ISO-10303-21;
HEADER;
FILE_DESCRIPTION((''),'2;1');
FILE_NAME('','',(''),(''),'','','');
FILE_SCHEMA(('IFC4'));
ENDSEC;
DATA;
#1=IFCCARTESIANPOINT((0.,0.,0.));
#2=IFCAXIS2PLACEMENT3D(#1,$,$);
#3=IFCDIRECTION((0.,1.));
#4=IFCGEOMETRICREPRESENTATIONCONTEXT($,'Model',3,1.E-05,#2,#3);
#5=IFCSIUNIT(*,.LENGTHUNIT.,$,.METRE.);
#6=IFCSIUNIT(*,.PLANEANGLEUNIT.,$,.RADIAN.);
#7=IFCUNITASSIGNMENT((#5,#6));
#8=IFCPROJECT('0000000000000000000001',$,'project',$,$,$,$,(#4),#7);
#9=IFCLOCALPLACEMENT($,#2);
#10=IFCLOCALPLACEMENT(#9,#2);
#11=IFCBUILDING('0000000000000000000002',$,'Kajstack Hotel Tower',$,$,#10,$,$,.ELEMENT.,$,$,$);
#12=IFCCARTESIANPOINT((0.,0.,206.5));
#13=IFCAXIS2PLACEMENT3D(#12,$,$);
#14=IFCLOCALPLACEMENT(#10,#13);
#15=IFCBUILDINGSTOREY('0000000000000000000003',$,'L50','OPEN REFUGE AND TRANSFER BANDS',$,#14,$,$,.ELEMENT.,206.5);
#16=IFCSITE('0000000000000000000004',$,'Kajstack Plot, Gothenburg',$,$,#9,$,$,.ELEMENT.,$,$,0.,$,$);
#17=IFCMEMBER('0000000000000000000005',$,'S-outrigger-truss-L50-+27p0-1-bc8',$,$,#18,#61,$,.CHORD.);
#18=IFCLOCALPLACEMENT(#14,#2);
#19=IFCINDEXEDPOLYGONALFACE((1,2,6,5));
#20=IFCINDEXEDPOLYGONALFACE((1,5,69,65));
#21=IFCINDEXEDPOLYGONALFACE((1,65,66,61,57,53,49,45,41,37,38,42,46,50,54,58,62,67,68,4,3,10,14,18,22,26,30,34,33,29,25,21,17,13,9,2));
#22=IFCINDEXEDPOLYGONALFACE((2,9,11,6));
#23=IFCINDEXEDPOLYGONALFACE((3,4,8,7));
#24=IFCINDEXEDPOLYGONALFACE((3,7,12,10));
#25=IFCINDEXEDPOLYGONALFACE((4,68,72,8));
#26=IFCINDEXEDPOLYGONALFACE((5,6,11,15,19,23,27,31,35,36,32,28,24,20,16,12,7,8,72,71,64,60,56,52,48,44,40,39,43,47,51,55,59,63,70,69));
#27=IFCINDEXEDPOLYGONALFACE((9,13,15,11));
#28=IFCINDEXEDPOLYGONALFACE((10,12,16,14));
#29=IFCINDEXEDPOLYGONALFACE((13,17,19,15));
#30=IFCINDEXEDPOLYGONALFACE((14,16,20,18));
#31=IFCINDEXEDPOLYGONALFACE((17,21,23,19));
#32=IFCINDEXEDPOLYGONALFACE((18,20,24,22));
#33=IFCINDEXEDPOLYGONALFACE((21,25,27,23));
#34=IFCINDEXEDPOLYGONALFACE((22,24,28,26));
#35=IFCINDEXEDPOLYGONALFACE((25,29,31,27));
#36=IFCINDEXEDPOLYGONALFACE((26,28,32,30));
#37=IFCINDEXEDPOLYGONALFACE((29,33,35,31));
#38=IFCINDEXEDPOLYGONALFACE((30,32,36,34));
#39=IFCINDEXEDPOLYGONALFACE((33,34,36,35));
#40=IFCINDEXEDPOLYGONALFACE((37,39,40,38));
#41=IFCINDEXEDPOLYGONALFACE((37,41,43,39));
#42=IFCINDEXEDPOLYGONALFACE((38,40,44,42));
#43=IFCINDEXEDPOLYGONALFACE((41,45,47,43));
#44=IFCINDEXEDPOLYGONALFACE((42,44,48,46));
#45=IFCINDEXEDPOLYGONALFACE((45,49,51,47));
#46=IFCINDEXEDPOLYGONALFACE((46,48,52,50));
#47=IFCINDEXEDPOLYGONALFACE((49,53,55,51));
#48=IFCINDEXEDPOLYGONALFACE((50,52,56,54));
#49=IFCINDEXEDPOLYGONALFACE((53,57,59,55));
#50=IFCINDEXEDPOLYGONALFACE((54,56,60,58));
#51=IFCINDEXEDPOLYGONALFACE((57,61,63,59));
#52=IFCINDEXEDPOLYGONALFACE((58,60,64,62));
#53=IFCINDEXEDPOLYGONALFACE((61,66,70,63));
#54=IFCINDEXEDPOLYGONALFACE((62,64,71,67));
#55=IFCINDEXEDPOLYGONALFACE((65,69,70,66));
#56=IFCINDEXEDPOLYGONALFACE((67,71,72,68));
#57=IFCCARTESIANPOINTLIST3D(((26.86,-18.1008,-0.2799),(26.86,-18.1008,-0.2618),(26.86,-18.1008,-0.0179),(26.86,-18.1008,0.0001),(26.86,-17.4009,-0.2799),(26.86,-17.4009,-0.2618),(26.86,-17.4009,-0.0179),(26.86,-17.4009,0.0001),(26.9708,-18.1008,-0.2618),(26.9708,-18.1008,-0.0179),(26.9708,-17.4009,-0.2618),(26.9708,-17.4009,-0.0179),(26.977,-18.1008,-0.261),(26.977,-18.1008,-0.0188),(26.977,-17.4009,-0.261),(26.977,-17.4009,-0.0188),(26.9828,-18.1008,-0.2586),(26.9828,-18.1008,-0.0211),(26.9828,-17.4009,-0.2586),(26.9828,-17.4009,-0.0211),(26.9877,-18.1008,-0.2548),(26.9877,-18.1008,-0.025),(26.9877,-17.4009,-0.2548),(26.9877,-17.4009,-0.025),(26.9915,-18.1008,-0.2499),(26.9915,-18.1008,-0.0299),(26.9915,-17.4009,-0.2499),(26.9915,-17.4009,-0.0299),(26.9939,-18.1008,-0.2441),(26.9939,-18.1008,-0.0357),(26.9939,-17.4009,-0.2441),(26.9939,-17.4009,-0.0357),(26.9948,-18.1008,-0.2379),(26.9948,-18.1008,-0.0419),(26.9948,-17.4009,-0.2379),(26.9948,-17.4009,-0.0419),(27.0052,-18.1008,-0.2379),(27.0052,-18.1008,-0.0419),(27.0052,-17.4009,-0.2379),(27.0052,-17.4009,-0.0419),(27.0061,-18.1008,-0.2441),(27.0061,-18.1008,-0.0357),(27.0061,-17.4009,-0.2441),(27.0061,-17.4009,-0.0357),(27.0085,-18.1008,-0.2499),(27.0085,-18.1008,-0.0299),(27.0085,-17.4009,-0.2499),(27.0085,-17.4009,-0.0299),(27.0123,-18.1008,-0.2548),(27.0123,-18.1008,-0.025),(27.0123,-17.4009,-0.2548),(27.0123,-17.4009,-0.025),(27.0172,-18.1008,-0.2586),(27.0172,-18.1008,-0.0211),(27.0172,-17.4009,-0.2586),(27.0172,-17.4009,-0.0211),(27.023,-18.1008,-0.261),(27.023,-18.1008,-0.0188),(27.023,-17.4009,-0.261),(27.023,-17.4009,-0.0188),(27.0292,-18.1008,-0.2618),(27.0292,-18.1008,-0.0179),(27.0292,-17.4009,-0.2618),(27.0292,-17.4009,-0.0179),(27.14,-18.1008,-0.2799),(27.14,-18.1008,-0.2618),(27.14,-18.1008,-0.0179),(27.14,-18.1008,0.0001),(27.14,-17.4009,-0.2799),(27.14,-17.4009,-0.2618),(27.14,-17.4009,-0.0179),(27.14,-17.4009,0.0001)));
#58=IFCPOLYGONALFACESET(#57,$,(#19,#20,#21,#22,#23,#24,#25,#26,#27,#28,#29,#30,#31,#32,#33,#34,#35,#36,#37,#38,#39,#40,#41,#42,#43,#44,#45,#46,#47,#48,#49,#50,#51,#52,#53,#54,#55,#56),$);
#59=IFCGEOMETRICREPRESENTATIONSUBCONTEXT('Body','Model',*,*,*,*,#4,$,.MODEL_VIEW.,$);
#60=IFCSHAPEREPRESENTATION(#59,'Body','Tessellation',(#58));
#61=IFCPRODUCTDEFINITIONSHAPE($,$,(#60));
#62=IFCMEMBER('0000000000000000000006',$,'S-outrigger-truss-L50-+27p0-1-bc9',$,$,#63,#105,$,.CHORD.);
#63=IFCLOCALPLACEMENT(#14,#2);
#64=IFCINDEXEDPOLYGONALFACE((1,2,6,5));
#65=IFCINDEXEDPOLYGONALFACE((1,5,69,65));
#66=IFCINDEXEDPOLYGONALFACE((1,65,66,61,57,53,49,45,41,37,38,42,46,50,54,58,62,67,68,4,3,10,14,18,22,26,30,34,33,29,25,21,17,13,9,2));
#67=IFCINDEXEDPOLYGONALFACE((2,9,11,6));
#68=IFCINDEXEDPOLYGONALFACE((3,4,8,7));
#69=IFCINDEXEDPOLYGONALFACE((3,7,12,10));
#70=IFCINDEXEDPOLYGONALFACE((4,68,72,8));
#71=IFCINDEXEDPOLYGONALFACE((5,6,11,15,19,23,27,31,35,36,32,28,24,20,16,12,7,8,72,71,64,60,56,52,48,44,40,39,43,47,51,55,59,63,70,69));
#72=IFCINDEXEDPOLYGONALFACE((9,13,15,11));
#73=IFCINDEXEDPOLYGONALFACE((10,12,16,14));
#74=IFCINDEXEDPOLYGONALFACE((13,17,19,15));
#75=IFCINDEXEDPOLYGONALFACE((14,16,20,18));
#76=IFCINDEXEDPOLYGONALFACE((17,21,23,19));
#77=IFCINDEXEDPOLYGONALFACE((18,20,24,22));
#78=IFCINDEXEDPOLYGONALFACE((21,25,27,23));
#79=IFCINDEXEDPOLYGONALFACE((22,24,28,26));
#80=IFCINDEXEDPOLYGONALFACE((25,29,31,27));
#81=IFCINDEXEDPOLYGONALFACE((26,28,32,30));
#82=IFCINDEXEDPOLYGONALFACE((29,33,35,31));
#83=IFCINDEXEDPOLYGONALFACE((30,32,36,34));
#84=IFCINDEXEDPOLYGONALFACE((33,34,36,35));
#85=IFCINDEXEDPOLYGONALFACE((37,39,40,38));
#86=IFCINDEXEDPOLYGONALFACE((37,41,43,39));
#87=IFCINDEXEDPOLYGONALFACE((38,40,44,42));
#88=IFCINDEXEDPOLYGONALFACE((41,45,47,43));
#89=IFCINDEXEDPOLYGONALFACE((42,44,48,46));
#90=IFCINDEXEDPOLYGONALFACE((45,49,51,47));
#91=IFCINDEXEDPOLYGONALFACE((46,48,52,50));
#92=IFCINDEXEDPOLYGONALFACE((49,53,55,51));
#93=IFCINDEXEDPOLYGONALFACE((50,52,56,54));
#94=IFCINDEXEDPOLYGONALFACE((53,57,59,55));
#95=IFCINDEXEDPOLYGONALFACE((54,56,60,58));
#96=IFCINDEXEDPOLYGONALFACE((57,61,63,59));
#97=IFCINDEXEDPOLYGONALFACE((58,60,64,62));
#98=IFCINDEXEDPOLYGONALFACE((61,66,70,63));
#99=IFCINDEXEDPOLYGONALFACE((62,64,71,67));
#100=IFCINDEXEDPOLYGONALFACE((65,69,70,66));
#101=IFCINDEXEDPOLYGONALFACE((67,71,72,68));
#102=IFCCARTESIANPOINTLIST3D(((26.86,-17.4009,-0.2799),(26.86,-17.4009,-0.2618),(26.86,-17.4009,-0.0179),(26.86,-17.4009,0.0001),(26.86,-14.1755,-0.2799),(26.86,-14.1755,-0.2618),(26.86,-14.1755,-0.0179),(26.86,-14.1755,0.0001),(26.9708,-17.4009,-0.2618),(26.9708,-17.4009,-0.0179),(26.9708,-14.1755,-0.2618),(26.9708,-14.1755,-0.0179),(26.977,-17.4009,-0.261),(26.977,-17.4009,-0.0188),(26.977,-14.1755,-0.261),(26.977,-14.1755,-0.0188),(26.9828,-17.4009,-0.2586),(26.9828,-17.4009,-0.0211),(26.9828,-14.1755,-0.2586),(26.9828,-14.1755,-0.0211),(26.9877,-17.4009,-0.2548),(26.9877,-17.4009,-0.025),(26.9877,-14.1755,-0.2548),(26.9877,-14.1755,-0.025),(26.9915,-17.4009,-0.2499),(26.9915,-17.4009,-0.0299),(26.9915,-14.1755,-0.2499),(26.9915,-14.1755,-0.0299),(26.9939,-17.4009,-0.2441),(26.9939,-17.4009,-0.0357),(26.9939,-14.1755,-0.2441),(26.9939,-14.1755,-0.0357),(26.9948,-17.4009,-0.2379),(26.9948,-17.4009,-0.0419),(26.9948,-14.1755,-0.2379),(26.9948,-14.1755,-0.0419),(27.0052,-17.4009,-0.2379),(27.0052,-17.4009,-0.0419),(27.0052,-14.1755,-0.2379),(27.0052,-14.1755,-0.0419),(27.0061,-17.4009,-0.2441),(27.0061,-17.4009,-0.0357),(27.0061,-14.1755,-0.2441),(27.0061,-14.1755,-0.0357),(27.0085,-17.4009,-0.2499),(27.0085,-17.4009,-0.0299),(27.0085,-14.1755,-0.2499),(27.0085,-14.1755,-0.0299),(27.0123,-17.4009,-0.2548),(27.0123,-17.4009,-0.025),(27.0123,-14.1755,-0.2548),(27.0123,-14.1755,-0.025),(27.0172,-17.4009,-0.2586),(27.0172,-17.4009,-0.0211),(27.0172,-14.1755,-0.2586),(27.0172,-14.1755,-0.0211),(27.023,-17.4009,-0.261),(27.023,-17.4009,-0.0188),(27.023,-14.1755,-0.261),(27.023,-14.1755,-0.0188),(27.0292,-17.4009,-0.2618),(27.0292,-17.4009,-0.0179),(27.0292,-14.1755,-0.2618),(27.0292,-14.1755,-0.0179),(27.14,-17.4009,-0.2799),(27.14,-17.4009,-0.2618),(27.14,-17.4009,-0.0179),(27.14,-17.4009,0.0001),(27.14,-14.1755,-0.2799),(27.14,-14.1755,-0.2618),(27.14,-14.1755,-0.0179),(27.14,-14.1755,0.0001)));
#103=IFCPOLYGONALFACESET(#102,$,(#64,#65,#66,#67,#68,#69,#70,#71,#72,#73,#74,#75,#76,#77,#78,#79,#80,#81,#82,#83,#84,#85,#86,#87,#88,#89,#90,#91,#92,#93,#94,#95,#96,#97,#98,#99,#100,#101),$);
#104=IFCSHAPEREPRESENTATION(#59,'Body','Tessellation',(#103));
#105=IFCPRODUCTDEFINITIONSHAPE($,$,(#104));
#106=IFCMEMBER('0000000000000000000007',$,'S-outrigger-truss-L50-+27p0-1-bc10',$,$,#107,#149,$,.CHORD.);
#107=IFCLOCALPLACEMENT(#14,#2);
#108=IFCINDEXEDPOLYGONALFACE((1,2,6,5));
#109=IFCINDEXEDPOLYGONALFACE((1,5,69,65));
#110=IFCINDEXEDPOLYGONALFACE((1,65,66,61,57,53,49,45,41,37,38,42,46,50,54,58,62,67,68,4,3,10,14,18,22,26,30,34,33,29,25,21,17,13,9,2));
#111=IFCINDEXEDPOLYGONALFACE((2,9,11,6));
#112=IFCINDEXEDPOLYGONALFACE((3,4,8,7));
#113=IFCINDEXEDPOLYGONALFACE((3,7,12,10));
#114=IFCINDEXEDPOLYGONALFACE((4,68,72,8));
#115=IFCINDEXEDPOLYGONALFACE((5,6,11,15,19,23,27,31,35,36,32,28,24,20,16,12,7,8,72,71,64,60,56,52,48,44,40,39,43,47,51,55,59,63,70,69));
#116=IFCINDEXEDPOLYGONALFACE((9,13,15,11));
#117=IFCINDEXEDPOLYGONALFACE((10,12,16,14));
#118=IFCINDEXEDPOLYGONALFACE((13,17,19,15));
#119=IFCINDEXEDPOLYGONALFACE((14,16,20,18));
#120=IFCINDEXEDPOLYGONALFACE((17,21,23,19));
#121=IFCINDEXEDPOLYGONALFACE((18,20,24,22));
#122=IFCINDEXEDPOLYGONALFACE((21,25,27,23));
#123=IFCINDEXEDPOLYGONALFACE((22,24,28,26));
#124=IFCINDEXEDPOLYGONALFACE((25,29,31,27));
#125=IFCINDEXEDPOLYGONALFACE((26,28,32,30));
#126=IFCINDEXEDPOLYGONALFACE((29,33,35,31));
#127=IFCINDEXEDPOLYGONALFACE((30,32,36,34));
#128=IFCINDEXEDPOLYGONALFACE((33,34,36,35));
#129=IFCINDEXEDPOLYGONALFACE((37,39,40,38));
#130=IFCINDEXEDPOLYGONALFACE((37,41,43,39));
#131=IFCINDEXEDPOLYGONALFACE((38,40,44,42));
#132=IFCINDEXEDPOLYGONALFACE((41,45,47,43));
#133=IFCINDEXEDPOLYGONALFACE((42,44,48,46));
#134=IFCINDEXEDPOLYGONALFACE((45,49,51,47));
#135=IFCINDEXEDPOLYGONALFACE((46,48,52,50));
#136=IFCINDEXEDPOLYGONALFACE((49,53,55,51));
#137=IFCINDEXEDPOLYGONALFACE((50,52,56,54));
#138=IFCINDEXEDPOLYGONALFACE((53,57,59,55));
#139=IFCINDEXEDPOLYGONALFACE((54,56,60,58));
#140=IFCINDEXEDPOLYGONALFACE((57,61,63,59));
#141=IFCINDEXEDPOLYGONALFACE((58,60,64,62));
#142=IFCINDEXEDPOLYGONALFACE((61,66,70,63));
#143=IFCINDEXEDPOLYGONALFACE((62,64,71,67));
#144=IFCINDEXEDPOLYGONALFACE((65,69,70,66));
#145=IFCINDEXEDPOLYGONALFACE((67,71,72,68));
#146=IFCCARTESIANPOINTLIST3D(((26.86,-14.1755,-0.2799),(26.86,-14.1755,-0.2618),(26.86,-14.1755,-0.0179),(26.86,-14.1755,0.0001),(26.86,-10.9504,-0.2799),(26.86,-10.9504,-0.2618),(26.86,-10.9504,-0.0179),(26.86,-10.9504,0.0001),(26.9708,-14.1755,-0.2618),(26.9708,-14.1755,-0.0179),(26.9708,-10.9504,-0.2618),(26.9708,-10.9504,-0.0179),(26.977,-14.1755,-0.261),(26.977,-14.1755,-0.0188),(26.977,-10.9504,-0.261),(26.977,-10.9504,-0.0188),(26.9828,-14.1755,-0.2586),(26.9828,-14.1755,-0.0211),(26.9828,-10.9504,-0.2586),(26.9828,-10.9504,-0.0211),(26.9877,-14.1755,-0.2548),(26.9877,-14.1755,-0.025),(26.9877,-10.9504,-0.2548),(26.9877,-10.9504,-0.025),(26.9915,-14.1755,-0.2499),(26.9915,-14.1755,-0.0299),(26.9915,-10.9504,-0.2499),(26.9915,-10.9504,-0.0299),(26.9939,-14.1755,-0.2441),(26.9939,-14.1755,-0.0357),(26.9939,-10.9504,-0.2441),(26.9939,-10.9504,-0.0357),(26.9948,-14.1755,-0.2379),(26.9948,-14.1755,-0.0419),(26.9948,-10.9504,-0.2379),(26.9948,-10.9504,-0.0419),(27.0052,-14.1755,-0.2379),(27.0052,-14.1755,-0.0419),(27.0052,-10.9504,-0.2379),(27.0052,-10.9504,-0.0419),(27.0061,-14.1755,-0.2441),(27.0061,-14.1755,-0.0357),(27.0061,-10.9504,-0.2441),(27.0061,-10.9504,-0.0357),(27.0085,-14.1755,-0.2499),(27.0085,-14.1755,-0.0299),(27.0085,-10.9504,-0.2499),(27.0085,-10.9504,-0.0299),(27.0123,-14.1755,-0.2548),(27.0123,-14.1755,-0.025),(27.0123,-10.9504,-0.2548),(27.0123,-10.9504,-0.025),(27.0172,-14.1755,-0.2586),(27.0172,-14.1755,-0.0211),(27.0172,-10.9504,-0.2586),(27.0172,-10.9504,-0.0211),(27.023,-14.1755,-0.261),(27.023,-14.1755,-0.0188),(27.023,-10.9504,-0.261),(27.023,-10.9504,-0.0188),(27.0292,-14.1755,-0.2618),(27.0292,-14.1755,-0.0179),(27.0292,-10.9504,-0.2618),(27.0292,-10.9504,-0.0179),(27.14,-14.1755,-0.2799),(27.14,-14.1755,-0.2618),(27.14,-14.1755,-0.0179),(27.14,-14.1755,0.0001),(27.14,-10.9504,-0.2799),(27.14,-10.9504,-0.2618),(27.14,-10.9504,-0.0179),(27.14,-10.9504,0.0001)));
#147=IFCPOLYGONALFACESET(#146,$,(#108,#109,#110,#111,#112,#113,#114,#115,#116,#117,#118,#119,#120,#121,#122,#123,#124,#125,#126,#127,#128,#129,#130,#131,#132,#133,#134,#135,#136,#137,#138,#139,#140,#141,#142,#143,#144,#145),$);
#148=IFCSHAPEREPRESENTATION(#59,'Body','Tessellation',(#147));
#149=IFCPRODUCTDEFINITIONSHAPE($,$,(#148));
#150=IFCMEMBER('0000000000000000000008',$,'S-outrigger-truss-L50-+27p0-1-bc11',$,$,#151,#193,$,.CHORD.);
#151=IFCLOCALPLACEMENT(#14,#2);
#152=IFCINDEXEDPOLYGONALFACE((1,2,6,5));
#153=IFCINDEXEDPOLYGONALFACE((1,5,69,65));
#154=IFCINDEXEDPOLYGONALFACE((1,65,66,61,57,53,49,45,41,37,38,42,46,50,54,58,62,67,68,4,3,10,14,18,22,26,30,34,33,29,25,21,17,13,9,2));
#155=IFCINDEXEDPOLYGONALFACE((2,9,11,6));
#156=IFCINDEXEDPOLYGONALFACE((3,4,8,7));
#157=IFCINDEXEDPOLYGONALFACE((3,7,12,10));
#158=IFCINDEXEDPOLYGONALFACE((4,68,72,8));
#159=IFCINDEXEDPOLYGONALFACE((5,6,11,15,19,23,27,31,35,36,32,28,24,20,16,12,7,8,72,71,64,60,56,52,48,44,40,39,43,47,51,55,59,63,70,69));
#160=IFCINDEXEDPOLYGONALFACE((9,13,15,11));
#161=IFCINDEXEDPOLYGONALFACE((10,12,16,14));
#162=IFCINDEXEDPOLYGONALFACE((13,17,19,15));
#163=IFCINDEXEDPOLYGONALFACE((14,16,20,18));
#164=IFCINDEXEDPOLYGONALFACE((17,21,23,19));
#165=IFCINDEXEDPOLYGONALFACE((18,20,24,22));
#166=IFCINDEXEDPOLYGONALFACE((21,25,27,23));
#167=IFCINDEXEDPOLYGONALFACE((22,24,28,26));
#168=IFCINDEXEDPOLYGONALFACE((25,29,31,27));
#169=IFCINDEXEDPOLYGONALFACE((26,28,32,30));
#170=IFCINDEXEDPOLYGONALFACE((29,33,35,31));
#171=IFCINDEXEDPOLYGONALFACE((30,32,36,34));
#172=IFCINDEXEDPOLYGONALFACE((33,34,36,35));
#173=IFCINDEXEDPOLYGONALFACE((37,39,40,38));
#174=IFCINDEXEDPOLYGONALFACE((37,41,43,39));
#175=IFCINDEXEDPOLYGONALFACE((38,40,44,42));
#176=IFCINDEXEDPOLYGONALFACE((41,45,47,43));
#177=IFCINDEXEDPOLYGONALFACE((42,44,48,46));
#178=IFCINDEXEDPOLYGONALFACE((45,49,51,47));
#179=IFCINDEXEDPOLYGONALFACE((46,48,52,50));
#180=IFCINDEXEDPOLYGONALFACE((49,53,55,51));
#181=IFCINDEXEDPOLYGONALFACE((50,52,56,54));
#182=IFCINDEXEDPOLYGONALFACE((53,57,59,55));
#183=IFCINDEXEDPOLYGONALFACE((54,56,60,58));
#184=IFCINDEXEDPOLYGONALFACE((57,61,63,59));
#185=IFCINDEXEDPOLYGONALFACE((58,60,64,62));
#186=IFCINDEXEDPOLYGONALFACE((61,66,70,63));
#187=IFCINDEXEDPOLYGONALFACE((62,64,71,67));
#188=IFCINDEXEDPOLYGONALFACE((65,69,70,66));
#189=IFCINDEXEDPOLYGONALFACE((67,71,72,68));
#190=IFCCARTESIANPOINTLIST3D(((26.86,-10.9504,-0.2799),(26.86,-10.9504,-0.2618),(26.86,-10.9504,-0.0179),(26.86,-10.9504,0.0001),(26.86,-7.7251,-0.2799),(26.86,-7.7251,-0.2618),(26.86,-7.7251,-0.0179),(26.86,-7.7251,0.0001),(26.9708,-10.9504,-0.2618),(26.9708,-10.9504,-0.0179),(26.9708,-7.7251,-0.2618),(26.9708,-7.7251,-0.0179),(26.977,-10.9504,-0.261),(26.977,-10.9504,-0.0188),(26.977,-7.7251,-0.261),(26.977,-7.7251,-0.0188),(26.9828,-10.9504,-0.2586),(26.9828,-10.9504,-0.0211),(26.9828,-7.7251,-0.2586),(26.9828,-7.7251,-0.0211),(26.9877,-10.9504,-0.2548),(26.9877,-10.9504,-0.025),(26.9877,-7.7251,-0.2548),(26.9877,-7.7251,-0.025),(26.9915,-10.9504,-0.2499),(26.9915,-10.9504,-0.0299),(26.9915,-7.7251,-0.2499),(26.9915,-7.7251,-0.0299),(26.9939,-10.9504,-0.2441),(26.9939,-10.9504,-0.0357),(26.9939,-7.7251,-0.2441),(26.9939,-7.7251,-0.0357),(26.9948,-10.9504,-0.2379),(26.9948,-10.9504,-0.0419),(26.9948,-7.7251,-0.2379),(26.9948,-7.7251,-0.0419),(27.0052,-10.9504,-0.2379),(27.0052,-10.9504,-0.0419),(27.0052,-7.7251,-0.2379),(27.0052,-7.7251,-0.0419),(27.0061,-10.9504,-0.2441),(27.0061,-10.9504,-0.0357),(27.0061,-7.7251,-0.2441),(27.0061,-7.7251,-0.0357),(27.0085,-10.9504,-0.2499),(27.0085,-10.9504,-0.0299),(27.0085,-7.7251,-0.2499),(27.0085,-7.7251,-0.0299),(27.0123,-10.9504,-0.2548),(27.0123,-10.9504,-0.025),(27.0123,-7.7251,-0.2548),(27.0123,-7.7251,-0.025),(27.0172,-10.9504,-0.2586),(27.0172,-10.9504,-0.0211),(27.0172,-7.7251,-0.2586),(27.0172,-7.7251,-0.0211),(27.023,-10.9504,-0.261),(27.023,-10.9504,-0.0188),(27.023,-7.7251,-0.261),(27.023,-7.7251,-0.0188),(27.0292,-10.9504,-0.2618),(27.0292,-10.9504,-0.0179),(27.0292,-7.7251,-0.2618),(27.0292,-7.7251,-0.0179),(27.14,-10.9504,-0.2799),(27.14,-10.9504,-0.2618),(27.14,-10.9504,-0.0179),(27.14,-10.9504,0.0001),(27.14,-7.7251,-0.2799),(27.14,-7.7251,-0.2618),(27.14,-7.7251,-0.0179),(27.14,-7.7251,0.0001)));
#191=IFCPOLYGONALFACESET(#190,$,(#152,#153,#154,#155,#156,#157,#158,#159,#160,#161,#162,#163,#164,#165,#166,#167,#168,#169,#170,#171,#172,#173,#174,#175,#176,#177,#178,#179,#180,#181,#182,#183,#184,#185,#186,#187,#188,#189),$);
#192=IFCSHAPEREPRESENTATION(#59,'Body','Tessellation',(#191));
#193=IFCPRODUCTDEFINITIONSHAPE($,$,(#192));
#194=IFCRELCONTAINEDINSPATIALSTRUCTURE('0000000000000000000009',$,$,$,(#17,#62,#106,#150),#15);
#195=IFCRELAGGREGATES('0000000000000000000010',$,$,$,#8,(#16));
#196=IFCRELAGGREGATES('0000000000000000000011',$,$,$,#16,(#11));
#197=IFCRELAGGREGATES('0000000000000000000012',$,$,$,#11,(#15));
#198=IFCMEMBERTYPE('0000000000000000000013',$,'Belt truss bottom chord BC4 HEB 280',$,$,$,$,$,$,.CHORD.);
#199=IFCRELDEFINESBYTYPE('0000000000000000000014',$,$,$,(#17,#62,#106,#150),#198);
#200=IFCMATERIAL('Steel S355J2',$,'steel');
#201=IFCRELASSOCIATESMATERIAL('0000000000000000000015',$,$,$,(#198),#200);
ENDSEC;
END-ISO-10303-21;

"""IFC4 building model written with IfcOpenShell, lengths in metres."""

from ifc_helpers import new_model, si_unit, direction, frame, origin, origin_2d, place, context, subcontext, project, spatial, i_section, extrude, material, material_profile, profile_set, type_object, element, save


model = new_model("IFC4")

# Units and contexts
model_context = context("Model", 3, precision=1e-05, world=origin(), true_north=direction((0.0, 1.0)))
body_context = subcontext(model_context, "Body", "Model", "MODEL_VIEW")
ifc_project = project(units=[si_unit("LENGTHUNIT", "METRE"), si_unit("PLANEANGLEUNIT", "RADIAN")], contexts=[model_context])

# Site, building, storey
site_placement = place(None, origin())
site = spatial("IfcSite", under=ifc_project, at=site_placement, Name="Kajstack Plot, Gothenburg", CompositionType="ELEMENT", RefElevation=0.0)
building_placement = place(site_placement, origin())
building = spatial("IfcBuilding", under=site, at=building_placement, Name="Kajstack Hotel Tower", CompositionType="ELEMENT")
storey_placement = place(building_placement, frame((0.0, 0.0, 206.5)))
storey = spatial("IfcBuildingStorey", under=building, at=storey_placement, Name="L50", Description="OPEN REFUGE AND TRANSFER BANDS", CompositionType="ELEMENT", Elevation=206.5)

# Members
ifc_material_1 = material(Name="Steel S355J2", Category="steel")
ifc_material_profile_1 = material_profile(ifc_material_1, i_section(OverallWidth=0.28, OverallDepth=0.28, WebThickness=0.0105, FlangeThickness=0.0181, FilletRadius=0.0239, at=origin_2d()), Name="HEB 280")
ifc_profile_set_1 = profile_set([ifc_material_profile_1], Name="Steel S355J2")
member_type_1 = type_object("IfcMemberType", Name="Belt truss bottom chord BC4 HEB 280", PredefinedType="CHORD", material=ifc_profile_set_1)
member_1_placement = place(storey_placement, frame((27.0, -18.1008, -0.1399), z_axis=(0.0, 1.0, 0.0), x_axis=(-1.0, 0.0, 0.0)))
element("IfcMember", 1, at=member_1_placement, inside=storey, type_object=member_type_1, Name="S-outrigger-truss-L50-+27p0-1-bc8", PredefinedType="CHORD", context=body_context, shape_type="SweptSolid", body=[
    extrude(i_section(OverallWidth=0.28, OverallDepth=0.28, WebThickness=0.0105, FlangeThickness=0.0181, FilletRadius=0.0239, at=origin_2d()), origin(), (0.0, 0.0, 1.0), 0.7),
])
member_2_placement = place(storey_placement, frame((27.0, -17.4009, -0.1399), z_axis=(0.0, 1.0, 0.0), x_axis=(-1.0, 0.0, 0.0)))
element("IfcMember", 2, at=member_2_placement, inside=storey, type_object=member_type_1, Name="S-outrigger-truss-L50-+27p0-1-bc9", PredefinedType="CHORD", context=body_context, shape_type="SweptSolid", body=[
    extrude(i_section(OverallWidth=0.28, OverallDepth=0.28, WebThickness=0.0105, FlangeThickness=0.0181, FilletRadius=0.0239, at=origin_2d()), origin(), (0.0, 0.0, 1.0), 3.2253),
])
member_3_placement = place(storey_placement, frame((27.0, -14.1755, -0.1399), z_axis=(0.0, 1.0, 0.0), x_axis=(-1.0, 0.0, 0.0)))
element("IfcMember", 3, at=member_3_placement, inside=storey, type_object=member_type_1, Name="S-outrigger-truss-L50-+27p0-1-bc10", PredefinedType="CHORD", context=body_context, shape_type="SweptSolid", body=[
    extrude(i_section(OverallWidth=0.28, OverallDepth=0.28, WebThickness=0.0105, FlangeThickness=0.0181, FilletRadius=0.0239, at=origin_2d()), origin(), (0.0, 0.0, 1.0), 3.2251),
])
member_4_placement = place(storey_placement, frame((27.0, -10.9504, -0.1399), z_axis=(0.0, 1.0, 0.0), x_axis=(-1.0, 0.0, 0.0)))
element("IfcMember", 4, at=member_4_placement, inside=storey, type_object=member_type_1, Name="S-outrigger-truss-L50-+27p0-1-bc11", PredefinedType="CHORD", context=body_context, shape_type="SweptSolid", body=[
    extrude(i_section(OverallWidth=0.28, OverallDepth=0.28, WebThickness=0.0105, FlangeThickness=0.0181, FilletRadius=0.0239, at=origin_2d()), origin(), (0.0, 0.0, 1.0), 3.2253),
])

save(model, "model.ifc")
